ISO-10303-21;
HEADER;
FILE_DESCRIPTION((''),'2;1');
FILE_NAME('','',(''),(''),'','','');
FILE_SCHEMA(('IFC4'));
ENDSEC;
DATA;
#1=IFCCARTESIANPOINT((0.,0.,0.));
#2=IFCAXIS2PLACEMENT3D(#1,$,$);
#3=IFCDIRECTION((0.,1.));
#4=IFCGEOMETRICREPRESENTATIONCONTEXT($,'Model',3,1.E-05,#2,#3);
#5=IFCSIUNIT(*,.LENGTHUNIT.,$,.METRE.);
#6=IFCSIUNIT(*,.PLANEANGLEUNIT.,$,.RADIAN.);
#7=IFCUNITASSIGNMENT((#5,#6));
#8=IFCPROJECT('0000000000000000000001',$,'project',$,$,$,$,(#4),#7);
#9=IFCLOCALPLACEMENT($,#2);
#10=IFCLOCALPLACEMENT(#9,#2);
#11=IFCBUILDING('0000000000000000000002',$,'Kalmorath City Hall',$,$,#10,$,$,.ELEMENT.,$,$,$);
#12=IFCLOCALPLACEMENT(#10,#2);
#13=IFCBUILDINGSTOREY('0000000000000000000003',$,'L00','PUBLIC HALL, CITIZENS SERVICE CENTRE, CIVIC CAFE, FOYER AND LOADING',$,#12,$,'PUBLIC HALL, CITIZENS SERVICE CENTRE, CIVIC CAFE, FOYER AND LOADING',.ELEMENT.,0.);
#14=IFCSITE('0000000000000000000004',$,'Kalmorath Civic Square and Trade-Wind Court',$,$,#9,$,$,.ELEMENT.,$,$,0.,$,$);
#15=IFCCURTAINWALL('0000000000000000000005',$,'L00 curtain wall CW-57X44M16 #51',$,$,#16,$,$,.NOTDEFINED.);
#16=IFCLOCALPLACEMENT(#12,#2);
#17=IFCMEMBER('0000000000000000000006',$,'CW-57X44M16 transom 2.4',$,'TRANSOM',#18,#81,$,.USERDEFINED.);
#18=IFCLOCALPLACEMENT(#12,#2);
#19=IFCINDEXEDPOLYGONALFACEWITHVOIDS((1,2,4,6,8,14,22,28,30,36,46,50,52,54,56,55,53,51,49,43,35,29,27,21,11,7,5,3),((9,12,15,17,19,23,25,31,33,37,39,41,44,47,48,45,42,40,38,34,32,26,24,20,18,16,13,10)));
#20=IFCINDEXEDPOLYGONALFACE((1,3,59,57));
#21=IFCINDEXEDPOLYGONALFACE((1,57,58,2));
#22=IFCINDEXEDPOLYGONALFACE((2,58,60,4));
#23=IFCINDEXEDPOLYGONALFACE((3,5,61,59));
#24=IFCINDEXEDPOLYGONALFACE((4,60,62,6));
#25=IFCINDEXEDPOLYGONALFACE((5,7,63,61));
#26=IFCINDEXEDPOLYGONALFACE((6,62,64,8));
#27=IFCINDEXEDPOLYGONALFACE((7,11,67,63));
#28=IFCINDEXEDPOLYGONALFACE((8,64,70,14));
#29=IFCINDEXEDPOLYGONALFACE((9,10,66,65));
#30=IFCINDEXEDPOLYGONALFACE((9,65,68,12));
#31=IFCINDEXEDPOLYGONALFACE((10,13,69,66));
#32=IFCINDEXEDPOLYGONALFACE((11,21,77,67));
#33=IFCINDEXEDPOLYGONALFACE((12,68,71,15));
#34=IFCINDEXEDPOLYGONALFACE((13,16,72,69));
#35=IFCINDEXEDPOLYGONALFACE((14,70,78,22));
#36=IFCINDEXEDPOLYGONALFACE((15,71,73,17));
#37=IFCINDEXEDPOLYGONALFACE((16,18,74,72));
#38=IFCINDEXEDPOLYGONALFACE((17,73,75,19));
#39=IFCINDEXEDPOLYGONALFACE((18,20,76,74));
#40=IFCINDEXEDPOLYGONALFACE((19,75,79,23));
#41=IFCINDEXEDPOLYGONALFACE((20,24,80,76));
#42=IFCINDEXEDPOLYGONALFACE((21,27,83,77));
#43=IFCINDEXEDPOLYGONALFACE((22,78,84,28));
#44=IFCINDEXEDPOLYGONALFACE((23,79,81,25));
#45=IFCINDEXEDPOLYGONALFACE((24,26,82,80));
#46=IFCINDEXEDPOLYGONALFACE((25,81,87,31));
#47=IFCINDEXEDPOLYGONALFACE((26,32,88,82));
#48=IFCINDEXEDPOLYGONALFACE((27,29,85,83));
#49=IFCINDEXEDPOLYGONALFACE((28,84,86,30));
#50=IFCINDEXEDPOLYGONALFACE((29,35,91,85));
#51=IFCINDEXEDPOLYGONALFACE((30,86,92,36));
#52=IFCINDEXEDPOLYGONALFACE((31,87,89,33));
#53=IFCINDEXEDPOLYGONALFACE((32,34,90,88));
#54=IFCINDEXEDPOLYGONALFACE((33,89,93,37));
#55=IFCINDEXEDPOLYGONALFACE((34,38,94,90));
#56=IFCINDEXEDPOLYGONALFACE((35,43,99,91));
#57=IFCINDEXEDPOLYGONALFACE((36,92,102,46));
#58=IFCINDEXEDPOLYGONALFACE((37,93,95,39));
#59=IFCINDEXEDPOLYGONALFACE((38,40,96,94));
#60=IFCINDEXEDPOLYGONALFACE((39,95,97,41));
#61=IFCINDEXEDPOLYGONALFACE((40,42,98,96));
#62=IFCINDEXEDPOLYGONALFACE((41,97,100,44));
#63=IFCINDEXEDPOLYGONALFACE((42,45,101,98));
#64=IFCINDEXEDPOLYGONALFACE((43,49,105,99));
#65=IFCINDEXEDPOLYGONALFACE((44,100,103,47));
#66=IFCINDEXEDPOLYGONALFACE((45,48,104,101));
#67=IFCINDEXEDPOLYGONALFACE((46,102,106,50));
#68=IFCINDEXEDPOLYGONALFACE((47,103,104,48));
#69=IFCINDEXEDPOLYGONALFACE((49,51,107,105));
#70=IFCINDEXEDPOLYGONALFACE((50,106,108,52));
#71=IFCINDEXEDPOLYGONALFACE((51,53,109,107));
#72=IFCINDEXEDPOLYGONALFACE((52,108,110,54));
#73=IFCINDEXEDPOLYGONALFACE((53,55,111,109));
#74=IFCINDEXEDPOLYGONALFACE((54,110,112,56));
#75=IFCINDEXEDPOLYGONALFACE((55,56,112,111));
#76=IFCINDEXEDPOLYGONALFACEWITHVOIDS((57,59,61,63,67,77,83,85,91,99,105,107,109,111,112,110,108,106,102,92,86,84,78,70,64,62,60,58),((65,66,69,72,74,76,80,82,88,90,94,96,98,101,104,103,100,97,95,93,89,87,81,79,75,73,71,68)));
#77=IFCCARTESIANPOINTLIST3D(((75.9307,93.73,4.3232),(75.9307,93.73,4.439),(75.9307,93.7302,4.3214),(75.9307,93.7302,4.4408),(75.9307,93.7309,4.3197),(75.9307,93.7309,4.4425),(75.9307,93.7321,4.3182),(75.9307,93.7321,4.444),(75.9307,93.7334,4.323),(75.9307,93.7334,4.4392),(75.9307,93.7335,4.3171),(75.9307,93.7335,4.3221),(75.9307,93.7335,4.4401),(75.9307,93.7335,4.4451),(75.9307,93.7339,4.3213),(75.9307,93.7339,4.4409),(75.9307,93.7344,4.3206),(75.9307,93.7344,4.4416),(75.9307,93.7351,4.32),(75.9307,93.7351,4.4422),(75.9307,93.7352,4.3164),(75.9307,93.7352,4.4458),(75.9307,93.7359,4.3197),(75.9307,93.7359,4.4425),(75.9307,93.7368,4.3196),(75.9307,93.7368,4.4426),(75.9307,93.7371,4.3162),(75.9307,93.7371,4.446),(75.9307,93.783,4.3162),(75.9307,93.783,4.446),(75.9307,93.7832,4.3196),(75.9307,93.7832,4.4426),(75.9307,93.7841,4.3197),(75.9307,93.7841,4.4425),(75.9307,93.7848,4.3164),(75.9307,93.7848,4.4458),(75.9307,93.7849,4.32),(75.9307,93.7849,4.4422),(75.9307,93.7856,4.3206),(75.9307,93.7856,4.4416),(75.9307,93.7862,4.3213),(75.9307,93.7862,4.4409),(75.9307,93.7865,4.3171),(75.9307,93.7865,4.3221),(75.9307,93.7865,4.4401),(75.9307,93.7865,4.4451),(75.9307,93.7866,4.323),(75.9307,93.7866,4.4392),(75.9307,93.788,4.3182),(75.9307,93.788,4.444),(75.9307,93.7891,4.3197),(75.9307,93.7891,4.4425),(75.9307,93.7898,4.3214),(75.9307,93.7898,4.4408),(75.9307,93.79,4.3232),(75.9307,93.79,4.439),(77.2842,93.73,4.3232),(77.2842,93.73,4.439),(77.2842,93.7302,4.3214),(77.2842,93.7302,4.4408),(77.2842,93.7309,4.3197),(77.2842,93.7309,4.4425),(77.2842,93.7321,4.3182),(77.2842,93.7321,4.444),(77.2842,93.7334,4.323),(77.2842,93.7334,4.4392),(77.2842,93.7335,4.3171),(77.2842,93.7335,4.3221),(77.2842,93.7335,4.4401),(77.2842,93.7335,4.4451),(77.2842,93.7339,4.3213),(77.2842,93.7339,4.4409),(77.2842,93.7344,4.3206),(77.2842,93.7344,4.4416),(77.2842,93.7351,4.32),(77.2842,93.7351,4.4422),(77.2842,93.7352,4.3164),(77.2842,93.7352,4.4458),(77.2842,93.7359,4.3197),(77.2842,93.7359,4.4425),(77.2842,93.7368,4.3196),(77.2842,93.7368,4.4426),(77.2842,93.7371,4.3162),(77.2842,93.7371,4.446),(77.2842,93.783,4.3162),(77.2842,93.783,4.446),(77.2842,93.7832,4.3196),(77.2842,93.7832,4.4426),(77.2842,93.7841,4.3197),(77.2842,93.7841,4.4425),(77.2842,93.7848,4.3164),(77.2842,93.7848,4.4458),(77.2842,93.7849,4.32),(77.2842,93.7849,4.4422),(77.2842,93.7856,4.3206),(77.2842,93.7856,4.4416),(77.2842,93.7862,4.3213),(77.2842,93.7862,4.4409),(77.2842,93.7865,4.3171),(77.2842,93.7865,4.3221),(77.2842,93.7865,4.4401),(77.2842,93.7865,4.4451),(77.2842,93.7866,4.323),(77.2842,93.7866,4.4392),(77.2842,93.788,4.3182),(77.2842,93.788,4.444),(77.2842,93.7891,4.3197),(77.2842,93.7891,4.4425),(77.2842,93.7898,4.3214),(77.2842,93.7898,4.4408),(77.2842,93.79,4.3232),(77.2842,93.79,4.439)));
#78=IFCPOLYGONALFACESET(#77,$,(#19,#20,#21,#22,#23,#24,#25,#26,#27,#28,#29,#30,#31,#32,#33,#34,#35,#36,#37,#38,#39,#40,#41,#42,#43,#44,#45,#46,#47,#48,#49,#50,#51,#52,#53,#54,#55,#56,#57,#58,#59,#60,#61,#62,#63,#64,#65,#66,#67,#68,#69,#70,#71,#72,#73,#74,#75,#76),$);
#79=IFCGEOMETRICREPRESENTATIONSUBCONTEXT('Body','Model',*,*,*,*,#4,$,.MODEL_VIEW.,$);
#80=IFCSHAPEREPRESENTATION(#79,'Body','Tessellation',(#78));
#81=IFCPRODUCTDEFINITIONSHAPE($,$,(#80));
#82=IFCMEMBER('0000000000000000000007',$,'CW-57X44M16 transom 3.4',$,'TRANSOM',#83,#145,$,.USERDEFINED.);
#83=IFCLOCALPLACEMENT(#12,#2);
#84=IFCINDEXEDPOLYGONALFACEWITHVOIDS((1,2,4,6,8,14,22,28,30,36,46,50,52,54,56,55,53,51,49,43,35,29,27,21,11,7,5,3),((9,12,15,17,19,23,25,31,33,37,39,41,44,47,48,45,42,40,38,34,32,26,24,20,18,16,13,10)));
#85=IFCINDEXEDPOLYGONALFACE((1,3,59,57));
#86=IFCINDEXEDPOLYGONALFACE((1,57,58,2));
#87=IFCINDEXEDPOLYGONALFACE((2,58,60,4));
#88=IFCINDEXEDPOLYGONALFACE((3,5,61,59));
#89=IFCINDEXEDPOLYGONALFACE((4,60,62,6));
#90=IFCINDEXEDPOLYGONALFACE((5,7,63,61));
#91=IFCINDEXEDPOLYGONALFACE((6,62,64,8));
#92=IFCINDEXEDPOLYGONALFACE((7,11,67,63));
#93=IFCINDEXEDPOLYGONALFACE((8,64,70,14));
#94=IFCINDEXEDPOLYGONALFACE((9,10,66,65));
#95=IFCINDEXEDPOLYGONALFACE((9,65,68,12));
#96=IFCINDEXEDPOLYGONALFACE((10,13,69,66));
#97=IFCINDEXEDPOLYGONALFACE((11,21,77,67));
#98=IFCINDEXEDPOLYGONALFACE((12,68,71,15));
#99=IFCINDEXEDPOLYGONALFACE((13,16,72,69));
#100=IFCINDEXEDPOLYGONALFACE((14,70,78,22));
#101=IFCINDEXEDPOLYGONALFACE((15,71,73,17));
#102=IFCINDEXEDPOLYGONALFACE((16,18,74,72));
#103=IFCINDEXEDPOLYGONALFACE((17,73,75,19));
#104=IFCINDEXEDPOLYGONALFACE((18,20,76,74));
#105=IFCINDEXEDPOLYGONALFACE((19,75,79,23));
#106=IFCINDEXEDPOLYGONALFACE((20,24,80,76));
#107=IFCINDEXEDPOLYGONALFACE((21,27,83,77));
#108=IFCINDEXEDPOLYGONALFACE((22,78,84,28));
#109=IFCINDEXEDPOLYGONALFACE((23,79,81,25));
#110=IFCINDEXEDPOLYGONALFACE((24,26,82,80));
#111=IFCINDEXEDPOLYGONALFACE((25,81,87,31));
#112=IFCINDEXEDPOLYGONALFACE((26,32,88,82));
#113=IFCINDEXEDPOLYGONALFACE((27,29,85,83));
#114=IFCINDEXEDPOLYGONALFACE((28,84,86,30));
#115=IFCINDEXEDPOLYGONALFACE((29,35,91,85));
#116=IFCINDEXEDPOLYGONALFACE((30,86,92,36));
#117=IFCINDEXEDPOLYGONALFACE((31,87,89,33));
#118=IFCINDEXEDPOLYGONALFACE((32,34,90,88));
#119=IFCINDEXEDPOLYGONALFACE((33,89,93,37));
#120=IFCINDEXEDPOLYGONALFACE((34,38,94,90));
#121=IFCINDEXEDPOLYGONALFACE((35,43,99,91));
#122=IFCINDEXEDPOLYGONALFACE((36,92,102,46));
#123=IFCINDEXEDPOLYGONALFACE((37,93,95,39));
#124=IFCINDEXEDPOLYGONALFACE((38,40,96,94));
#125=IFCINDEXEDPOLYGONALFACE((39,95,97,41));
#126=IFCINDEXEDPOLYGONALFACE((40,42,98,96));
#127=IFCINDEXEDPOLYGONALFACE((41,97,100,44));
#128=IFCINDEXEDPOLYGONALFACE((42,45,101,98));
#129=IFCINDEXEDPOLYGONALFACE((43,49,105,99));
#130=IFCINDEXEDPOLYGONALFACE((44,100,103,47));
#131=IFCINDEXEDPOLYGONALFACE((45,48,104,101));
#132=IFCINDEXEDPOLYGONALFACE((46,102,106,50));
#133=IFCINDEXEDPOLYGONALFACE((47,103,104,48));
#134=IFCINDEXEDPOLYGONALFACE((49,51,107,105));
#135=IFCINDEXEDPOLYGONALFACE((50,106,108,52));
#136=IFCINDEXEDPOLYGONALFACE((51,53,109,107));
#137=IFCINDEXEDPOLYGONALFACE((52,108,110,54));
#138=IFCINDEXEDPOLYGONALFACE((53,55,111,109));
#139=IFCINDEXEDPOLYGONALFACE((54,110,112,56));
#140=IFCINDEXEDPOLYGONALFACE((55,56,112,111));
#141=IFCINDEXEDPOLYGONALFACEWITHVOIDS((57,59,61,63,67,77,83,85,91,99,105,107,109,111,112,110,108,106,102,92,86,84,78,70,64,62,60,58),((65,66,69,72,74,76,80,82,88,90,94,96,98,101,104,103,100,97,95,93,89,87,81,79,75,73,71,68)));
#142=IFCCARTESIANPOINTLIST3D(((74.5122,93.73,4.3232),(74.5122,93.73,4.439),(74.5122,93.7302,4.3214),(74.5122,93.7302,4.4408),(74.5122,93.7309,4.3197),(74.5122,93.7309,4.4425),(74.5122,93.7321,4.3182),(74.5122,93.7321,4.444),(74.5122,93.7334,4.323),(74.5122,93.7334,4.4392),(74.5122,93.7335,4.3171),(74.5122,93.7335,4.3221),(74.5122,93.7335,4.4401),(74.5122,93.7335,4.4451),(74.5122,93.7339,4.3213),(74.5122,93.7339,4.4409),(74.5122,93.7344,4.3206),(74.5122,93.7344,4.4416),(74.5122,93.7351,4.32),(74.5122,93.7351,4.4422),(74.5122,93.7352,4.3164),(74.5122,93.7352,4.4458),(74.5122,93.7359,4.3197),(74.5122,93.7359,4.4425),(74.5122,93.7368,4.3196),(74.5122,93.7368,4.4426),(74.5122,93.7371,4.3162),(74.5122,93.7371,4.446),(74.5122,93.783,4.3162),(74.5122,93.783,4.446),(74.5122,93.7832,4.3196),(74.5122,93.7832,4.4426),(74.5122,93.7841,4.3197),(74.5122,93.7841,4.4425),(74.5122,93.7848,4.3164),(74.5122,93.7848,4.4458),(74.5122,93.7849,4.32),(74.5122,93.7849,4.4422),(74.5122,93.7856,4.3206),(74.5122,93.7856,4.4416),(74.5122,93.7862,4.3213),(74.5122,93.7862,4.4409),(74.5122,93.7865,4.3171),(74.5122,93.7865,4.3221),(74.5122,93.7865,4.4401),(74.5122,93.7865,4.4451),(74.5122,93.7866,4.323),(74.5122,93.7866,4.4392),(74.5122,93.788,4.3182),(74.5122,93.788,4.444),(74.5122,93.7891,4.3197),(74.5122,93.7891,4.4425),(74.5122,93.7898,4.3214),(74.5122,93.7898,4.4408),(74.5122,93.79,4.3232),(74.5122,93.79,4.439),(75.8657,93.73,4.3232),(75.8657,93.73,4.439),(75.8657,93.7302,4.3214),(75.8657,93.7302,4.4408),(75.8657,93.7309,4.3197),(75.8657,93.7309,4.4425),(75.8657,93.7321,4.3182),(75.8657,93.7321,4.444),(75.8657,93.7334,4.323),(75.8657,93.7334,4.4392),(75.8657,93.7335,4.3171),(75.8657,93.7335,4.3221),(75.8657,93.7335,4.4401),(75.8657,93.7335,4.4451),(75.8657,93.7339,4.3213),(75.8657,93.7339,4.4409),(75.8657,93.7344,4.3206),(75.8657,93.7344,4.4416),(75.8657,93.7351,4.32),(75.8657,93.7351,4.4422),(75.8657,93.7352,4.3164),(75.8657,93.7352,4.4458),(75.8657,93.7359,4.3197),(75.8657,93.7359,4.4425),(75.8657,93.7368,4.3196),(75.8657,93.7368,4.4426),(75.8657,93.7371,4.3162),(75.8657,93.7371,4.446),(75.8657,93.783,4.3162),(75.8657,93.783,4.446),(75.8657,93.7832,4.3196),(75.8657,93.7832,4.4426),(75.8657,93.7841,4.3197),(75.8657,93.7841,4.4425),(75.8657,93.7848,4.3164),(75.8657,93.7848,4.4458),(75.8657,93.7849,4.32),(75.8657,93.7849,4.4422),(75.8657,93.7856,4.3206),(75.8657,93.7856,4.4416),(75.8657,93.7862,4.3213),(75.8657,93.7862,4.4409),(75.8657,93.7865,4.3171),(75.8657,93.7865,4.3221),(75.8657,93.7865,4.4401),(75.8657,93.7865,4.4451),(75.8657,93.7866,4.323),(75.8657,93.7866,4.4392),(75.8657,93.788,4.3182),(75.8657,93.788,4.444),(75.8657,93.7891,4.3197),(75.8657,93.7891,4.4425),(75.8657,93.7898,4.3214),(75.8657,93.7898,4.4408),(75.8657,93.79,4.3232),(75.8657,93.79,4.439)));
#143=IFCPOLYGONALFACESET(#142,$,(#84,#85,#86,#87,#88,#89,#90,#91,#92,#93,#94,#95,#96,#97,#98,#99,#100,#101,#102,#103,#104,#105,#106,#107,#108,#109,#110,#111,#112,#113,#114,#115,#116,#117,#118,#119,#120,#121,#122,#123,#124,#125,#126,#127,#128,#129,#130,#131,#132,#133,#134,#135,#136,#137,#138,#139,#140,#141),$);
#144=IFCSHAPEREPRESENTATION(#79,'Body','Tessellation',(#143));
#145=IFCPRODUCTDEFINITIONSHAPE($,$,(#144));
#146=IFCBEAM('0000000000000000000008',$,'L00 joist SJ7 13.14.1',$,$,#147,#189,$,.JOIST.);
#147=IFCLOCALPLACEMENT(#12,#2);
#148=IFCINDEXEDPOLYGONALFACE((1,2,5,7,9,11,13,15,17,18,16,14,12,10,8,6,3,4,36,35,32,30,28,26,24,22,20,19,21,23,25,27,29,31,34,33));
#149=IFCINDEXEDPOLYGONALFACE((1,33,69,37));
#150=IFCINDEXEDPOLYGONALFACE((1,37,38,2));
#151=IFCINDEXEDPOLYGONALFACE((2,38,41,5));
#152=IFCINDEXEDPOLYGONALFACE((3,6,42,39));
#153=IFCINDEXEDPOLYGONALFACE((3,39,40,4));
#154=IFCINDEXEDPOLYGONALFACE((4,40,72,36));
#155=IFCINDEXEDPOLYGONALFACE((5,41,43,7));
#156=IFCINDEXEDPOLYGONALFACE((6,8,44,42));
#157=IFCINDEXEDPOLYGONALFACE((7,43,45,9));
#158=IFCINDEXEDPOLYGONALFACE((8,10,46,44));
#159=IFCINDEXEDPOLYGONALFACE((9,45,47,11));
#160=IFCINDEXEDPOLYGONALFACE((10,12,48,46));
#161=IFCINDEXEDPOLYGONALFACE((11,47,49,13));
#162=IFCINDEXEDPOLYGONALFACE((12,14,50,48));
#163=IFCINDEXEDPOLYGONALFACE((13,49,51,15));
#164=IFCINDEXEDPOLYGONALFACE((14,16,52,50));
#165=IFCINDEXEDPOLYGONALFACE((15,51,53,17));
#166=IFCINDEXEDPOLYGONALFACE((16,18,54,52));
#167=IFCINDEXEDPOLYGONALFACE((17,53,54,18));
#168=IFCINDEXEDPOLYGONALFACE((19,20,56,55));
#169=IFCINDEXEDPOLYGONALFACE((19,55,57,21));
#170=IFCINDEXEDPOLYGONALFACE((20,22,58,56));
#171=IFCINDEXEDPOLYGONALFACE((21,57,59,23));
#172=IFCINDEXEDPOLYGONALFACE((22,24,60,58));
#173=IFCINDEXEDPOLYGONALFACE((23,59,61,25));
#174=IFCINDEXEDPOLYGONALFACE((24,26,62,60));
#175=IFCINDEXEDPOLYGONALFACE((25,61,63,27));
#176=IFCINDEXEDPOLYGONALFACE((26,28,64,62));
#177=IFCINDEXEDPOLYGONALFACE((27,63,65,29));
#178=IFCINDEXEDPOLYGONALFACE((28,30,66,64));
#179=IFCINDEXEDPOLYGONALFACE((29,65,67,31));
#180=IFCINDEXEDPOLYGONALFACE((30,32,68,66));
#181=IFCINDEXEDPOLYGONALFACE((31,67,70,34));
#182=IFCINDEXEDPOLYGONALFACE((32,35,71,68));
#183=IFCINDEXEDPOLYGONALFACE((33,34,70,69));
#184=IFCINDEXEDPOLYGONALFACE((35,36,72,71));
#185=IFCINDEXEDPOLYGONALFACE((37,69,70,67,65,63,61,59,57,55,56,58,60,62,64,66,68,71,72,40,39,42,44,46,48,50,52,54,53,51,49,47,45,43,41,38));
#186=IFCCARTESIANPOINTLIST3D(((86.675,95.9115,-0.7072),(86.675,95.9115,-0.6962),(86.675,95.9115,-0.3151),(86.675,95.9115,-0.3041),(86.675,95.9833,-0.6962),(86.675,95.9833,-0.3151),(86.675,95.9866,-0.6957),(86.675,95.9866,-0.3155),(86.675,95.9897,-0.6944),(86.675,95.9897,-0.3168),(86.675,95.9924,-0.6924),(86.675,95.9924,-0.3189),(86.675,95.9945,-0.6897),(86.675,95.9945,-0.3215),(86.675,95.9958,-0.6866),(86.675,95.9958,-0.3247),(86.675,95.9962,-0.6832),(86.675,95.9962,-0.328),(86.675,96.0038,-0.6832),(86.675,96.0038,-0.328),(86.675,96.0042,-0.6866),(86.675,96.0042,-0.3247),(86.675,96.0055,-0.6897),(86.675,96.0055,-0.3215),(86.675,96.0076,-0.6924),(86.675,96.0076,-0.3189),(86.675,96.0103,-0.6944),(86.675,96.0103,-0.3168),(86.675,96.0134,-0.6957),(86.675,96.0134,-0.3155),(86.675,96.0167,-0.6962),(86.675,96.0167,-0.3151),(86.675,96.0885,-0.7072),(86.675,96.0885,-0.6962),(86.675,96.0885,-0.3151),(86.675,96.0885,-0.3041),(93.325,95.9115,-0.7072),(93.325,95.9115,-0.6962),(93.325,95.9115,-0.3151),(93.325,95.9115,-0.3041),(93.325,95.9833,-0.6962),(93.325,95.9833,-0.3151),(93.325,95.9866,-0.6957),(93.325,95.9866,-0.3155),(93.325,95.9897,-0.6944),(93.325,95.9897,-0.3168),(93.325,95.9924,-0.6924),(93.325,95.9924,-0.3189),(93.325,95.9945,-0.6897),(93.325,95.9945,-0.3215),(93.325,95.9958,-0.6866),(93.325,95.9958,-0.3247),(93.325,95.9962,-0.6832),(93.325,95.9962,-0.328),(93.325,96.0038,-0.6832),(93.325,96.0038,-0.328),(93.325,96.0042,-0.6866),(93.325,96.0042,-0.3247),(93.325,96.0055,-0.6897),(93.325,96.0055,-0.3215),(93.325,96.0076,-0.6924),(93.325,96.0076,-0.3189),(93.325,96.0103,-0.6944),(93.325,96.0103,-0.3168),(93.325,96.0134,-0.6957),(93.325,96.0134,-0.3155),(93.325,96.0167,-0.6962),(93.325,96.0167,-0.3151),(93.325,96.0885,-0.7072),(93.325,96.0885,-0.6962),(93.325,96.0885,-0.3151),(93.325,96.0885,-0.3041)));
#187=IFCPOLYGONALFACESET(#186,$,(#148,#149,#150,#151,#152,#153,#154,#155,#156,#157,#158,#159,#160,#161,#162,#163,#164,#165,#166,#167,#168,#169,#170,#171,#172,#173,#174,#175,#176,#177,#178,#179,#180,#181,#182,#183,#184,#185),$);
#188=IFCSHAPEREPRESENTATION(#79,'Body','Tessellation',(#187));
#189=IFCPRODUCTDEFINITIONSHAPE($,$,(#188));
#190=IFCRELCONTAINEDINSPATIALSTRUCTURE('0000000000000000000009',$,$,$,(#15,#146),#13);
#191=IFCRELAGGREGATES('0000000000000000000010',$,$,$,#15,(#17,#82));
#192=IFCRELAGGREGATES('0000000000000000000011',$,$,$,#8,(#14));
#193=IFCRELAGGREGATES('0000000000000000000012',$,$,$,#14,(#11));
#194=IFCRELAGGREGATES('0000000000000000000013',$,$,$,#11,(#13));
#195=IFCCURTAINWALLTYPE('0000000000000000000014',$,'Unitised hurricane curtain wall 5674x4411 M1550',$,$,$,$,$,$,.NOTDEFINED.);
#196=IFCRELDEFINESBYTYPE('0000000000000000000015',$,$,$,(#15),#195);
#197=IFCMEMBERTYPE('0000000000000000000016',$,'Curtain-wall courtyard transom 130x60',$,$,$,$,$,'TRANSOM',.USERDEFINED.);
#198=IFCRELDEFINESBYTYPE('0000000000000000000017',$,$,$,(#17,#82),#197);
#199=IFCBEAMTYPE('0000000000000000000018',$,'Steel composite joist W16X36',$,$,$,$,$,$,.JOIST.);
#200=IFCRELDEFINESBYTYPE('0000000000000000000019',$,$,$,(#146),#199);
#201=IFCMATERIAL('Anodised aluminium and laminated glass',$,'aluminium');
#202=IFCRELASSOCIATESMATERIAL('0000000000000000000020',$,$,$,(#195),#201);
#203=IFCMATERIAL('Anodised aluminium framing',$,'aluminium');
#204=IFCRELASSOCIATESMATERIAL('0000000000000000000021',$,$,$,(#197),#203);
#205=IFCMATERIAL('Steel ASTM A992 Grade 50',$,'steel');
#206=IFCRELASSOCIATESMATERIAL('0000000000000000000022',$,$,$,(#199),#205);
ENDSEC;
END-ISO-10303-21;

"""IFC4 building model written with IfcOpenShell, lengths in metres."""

from ifc_helpers import new_model, si_unit, direction, frame, origin, origin_2d, place, context, subcontext, project, spatial, hollow_rectangle, i_section, extrude, material, material_profile, profile_set, type_object, element, aggregate, save


model = new_model("IFC4")

# Units and contexts
model_context = context("Model", 3, precision=1e-05, world=origin(), true_north=direction((0.0, 1.0)))
body_context = subcontext(model_context, "Body", "Model", "MODEL_VIEW")
ifc_project = project(units=[si_unit("LENGTHUNIT", "METRE"), si_unit("PLANEANGLEUNIT", "RADIAN")], contexts=[model_context])

# Site, building, storey
site_placement = place(None, origin())
site = spatial("IfcSite", under=ifc_project, at=site_placement, Name="Kalmorath Civic Square and Trade-Wind Court", CompositionType="ELEMENT", RefElevation=0.0)
building_placement = place(site_placement, origin())
building = spatial("IfcBuilding", under=site, at=building_placement, Name="Kalmorath City Hall", CompositionType="ELEMENT")
storey_placement = place(building_placement, origin())
storey = spatial("IfcBuildingStorey", under=building, at=storey_placement, Name="L00", Description="PUBLIC HALL, CITIZENS SERVICE CENTRE, CIVIC CAFE, FOYER AND LOADING", LongName="PUBLIC HALL, CITIZENS SERVICE CENTRE, CIVIC CAFE, FOYER AND LOADING", CompositionType="ELEMENT", Elevation=0.0)

# Curtain wall, members
ifc_material_1 = material(Name="Anodised aluminium and laminated glass", Category="aluminium")
curtain_wall_type = type_object("IfcCurtainWallType", Name="Unitised hurricane curtain wall 5674x4411 M1550", PredefinedType="NOTDEFINED", material=ifc_material_1)
curtain_wall_placement = place(storey_placement, origin())
curtain_wall = element("IfcCurtainWall", 1, at=curtain_wall_placement, inside=storey, type_object=curtain_wall_type, Name="L00 curtain wall CW-57X44M16 #51", PredefinedType="NOTDEFINED")
ifc_material_2 = material(Name="Anodised aluminium framing", Category="aluminium")
ifc_material_profile_1 = material_profile(ifc_material_2, hollow_rectangle(XDim=0.0601, YDim=0.1299, WallThickness=0.0034, InnerFilletRadius=0.0034, OuterFilletRadius=0.0071, at=origin_2d()), Name="ALU-TRN-130X60X3.5")
ifc_profile_set_1 = profile_set([ifc_material_profile_1], Name="Anodised aluminium framing")
member_type_1 = type_object("IfcMemberType", Name="Curtain-wall courtyard transom 130x60", ElementType="TRANSOM", PredefinedType="USERDEFINED", material=ifc_profile_set_1)
member_1_placement = place(storey_placement, frame((77.2842, 93.76, 4.3811), z_axis=(-1.0, 0.0, 0.0), x_axis=(0.0, -1.0, 0.0)))
member_1 = element("IfcMember", 2, at=member_1_placement, type_object=member_type_1, Name="CW-57X44M16 transom 2.4", ObjectType="TRANSOM", PredefinedType="USERDEFINED", context=body_context, shape_type="SweptSolid", body=[
    extrude(hollow_rectangle(XDim=0.0601, YDim=0.1299, WallThickness=0.0034, InnerFilletRadius=0.0034, OuterFilletRadius=0.0071, at=origin_2d()), origin(), (0.0, 0.0, 1.0), 1.3535),
])
member_2_placement = place(storey_placement, frame((75.8657, 93.76, 4.3811), z_axis=(-1.0, 0.0, 0.0), x_axis=(0.0, -1.0, 0.0)))
member_2 = element("IfcMember", 3, at=member_2_placement, type_object=member_type_1, Name="CW-57X44M16 transom 3.4", ObjectType="TRANSOM", PredefinedType="USERDEFINED", context=body_context, shape_type="SweptSolid", body=[
    extrude(hollow_rectangle(XDim=0.0601, YDim=0.1299, WallThickness=0.0034, InnerFilletRadius=0.0034, OuterFilletRadius=0.0071, at=origin_2d()), origin(), (0.0, 0.0, 1.0), 1.3535),
])

# Beam
ifc_material_3 = material(Name="Steel ASTM A992 Grade 50", Category="steel")
ifc_material_profile_2 = material_profile(ifc_material_3, i_section(OverallWidth=0.177, OverallDepth=0.4031, WebThickness=0.0076, FlangeThickness=0.011, FilletRadius=0.0129, at=origin_2d()), Name="W16X36")
ifc_profile_set_2 = profile_set([ifc_material_profile_2], Name="Steel ASTM A992 Grade 50")
beam_type_1 = type_object("IfcBeamType", Name="Steel composite joist W16X36", PredefinedType="JOIST", material=ifc_profile_set_2)
for number, where, z_axis, x_axis, name in (
    (4, (86.675, 96.0, -0.5056), (1.0, 0.0, 0.0), (0.0, 1.0, 0.0), "L00 joist SJ7 13.14.1"),
):
    element("IfcBeam", number, at=place(storey_placement, frame(where, z_axis=z_axis, x_axis=x_axis)), inside=storey, type_object=beam_type_1, Name=name, PredefinedType="JOIST", context=body_context, shape_type="SweptSolid", body=[
        extrude(i_section(OverallWidth=0.177, OverallDepth=0.4031, WebThickness=0.0076, FlangeThickness=0.011, FilletRadius=0.0129, at=origin_2d()), origin(), (0.0, 0.0, 1.0), 6.6499),
    ])

aggregate(curtain_wall, [member_1, member_2])

save(model, "model.ifc")
